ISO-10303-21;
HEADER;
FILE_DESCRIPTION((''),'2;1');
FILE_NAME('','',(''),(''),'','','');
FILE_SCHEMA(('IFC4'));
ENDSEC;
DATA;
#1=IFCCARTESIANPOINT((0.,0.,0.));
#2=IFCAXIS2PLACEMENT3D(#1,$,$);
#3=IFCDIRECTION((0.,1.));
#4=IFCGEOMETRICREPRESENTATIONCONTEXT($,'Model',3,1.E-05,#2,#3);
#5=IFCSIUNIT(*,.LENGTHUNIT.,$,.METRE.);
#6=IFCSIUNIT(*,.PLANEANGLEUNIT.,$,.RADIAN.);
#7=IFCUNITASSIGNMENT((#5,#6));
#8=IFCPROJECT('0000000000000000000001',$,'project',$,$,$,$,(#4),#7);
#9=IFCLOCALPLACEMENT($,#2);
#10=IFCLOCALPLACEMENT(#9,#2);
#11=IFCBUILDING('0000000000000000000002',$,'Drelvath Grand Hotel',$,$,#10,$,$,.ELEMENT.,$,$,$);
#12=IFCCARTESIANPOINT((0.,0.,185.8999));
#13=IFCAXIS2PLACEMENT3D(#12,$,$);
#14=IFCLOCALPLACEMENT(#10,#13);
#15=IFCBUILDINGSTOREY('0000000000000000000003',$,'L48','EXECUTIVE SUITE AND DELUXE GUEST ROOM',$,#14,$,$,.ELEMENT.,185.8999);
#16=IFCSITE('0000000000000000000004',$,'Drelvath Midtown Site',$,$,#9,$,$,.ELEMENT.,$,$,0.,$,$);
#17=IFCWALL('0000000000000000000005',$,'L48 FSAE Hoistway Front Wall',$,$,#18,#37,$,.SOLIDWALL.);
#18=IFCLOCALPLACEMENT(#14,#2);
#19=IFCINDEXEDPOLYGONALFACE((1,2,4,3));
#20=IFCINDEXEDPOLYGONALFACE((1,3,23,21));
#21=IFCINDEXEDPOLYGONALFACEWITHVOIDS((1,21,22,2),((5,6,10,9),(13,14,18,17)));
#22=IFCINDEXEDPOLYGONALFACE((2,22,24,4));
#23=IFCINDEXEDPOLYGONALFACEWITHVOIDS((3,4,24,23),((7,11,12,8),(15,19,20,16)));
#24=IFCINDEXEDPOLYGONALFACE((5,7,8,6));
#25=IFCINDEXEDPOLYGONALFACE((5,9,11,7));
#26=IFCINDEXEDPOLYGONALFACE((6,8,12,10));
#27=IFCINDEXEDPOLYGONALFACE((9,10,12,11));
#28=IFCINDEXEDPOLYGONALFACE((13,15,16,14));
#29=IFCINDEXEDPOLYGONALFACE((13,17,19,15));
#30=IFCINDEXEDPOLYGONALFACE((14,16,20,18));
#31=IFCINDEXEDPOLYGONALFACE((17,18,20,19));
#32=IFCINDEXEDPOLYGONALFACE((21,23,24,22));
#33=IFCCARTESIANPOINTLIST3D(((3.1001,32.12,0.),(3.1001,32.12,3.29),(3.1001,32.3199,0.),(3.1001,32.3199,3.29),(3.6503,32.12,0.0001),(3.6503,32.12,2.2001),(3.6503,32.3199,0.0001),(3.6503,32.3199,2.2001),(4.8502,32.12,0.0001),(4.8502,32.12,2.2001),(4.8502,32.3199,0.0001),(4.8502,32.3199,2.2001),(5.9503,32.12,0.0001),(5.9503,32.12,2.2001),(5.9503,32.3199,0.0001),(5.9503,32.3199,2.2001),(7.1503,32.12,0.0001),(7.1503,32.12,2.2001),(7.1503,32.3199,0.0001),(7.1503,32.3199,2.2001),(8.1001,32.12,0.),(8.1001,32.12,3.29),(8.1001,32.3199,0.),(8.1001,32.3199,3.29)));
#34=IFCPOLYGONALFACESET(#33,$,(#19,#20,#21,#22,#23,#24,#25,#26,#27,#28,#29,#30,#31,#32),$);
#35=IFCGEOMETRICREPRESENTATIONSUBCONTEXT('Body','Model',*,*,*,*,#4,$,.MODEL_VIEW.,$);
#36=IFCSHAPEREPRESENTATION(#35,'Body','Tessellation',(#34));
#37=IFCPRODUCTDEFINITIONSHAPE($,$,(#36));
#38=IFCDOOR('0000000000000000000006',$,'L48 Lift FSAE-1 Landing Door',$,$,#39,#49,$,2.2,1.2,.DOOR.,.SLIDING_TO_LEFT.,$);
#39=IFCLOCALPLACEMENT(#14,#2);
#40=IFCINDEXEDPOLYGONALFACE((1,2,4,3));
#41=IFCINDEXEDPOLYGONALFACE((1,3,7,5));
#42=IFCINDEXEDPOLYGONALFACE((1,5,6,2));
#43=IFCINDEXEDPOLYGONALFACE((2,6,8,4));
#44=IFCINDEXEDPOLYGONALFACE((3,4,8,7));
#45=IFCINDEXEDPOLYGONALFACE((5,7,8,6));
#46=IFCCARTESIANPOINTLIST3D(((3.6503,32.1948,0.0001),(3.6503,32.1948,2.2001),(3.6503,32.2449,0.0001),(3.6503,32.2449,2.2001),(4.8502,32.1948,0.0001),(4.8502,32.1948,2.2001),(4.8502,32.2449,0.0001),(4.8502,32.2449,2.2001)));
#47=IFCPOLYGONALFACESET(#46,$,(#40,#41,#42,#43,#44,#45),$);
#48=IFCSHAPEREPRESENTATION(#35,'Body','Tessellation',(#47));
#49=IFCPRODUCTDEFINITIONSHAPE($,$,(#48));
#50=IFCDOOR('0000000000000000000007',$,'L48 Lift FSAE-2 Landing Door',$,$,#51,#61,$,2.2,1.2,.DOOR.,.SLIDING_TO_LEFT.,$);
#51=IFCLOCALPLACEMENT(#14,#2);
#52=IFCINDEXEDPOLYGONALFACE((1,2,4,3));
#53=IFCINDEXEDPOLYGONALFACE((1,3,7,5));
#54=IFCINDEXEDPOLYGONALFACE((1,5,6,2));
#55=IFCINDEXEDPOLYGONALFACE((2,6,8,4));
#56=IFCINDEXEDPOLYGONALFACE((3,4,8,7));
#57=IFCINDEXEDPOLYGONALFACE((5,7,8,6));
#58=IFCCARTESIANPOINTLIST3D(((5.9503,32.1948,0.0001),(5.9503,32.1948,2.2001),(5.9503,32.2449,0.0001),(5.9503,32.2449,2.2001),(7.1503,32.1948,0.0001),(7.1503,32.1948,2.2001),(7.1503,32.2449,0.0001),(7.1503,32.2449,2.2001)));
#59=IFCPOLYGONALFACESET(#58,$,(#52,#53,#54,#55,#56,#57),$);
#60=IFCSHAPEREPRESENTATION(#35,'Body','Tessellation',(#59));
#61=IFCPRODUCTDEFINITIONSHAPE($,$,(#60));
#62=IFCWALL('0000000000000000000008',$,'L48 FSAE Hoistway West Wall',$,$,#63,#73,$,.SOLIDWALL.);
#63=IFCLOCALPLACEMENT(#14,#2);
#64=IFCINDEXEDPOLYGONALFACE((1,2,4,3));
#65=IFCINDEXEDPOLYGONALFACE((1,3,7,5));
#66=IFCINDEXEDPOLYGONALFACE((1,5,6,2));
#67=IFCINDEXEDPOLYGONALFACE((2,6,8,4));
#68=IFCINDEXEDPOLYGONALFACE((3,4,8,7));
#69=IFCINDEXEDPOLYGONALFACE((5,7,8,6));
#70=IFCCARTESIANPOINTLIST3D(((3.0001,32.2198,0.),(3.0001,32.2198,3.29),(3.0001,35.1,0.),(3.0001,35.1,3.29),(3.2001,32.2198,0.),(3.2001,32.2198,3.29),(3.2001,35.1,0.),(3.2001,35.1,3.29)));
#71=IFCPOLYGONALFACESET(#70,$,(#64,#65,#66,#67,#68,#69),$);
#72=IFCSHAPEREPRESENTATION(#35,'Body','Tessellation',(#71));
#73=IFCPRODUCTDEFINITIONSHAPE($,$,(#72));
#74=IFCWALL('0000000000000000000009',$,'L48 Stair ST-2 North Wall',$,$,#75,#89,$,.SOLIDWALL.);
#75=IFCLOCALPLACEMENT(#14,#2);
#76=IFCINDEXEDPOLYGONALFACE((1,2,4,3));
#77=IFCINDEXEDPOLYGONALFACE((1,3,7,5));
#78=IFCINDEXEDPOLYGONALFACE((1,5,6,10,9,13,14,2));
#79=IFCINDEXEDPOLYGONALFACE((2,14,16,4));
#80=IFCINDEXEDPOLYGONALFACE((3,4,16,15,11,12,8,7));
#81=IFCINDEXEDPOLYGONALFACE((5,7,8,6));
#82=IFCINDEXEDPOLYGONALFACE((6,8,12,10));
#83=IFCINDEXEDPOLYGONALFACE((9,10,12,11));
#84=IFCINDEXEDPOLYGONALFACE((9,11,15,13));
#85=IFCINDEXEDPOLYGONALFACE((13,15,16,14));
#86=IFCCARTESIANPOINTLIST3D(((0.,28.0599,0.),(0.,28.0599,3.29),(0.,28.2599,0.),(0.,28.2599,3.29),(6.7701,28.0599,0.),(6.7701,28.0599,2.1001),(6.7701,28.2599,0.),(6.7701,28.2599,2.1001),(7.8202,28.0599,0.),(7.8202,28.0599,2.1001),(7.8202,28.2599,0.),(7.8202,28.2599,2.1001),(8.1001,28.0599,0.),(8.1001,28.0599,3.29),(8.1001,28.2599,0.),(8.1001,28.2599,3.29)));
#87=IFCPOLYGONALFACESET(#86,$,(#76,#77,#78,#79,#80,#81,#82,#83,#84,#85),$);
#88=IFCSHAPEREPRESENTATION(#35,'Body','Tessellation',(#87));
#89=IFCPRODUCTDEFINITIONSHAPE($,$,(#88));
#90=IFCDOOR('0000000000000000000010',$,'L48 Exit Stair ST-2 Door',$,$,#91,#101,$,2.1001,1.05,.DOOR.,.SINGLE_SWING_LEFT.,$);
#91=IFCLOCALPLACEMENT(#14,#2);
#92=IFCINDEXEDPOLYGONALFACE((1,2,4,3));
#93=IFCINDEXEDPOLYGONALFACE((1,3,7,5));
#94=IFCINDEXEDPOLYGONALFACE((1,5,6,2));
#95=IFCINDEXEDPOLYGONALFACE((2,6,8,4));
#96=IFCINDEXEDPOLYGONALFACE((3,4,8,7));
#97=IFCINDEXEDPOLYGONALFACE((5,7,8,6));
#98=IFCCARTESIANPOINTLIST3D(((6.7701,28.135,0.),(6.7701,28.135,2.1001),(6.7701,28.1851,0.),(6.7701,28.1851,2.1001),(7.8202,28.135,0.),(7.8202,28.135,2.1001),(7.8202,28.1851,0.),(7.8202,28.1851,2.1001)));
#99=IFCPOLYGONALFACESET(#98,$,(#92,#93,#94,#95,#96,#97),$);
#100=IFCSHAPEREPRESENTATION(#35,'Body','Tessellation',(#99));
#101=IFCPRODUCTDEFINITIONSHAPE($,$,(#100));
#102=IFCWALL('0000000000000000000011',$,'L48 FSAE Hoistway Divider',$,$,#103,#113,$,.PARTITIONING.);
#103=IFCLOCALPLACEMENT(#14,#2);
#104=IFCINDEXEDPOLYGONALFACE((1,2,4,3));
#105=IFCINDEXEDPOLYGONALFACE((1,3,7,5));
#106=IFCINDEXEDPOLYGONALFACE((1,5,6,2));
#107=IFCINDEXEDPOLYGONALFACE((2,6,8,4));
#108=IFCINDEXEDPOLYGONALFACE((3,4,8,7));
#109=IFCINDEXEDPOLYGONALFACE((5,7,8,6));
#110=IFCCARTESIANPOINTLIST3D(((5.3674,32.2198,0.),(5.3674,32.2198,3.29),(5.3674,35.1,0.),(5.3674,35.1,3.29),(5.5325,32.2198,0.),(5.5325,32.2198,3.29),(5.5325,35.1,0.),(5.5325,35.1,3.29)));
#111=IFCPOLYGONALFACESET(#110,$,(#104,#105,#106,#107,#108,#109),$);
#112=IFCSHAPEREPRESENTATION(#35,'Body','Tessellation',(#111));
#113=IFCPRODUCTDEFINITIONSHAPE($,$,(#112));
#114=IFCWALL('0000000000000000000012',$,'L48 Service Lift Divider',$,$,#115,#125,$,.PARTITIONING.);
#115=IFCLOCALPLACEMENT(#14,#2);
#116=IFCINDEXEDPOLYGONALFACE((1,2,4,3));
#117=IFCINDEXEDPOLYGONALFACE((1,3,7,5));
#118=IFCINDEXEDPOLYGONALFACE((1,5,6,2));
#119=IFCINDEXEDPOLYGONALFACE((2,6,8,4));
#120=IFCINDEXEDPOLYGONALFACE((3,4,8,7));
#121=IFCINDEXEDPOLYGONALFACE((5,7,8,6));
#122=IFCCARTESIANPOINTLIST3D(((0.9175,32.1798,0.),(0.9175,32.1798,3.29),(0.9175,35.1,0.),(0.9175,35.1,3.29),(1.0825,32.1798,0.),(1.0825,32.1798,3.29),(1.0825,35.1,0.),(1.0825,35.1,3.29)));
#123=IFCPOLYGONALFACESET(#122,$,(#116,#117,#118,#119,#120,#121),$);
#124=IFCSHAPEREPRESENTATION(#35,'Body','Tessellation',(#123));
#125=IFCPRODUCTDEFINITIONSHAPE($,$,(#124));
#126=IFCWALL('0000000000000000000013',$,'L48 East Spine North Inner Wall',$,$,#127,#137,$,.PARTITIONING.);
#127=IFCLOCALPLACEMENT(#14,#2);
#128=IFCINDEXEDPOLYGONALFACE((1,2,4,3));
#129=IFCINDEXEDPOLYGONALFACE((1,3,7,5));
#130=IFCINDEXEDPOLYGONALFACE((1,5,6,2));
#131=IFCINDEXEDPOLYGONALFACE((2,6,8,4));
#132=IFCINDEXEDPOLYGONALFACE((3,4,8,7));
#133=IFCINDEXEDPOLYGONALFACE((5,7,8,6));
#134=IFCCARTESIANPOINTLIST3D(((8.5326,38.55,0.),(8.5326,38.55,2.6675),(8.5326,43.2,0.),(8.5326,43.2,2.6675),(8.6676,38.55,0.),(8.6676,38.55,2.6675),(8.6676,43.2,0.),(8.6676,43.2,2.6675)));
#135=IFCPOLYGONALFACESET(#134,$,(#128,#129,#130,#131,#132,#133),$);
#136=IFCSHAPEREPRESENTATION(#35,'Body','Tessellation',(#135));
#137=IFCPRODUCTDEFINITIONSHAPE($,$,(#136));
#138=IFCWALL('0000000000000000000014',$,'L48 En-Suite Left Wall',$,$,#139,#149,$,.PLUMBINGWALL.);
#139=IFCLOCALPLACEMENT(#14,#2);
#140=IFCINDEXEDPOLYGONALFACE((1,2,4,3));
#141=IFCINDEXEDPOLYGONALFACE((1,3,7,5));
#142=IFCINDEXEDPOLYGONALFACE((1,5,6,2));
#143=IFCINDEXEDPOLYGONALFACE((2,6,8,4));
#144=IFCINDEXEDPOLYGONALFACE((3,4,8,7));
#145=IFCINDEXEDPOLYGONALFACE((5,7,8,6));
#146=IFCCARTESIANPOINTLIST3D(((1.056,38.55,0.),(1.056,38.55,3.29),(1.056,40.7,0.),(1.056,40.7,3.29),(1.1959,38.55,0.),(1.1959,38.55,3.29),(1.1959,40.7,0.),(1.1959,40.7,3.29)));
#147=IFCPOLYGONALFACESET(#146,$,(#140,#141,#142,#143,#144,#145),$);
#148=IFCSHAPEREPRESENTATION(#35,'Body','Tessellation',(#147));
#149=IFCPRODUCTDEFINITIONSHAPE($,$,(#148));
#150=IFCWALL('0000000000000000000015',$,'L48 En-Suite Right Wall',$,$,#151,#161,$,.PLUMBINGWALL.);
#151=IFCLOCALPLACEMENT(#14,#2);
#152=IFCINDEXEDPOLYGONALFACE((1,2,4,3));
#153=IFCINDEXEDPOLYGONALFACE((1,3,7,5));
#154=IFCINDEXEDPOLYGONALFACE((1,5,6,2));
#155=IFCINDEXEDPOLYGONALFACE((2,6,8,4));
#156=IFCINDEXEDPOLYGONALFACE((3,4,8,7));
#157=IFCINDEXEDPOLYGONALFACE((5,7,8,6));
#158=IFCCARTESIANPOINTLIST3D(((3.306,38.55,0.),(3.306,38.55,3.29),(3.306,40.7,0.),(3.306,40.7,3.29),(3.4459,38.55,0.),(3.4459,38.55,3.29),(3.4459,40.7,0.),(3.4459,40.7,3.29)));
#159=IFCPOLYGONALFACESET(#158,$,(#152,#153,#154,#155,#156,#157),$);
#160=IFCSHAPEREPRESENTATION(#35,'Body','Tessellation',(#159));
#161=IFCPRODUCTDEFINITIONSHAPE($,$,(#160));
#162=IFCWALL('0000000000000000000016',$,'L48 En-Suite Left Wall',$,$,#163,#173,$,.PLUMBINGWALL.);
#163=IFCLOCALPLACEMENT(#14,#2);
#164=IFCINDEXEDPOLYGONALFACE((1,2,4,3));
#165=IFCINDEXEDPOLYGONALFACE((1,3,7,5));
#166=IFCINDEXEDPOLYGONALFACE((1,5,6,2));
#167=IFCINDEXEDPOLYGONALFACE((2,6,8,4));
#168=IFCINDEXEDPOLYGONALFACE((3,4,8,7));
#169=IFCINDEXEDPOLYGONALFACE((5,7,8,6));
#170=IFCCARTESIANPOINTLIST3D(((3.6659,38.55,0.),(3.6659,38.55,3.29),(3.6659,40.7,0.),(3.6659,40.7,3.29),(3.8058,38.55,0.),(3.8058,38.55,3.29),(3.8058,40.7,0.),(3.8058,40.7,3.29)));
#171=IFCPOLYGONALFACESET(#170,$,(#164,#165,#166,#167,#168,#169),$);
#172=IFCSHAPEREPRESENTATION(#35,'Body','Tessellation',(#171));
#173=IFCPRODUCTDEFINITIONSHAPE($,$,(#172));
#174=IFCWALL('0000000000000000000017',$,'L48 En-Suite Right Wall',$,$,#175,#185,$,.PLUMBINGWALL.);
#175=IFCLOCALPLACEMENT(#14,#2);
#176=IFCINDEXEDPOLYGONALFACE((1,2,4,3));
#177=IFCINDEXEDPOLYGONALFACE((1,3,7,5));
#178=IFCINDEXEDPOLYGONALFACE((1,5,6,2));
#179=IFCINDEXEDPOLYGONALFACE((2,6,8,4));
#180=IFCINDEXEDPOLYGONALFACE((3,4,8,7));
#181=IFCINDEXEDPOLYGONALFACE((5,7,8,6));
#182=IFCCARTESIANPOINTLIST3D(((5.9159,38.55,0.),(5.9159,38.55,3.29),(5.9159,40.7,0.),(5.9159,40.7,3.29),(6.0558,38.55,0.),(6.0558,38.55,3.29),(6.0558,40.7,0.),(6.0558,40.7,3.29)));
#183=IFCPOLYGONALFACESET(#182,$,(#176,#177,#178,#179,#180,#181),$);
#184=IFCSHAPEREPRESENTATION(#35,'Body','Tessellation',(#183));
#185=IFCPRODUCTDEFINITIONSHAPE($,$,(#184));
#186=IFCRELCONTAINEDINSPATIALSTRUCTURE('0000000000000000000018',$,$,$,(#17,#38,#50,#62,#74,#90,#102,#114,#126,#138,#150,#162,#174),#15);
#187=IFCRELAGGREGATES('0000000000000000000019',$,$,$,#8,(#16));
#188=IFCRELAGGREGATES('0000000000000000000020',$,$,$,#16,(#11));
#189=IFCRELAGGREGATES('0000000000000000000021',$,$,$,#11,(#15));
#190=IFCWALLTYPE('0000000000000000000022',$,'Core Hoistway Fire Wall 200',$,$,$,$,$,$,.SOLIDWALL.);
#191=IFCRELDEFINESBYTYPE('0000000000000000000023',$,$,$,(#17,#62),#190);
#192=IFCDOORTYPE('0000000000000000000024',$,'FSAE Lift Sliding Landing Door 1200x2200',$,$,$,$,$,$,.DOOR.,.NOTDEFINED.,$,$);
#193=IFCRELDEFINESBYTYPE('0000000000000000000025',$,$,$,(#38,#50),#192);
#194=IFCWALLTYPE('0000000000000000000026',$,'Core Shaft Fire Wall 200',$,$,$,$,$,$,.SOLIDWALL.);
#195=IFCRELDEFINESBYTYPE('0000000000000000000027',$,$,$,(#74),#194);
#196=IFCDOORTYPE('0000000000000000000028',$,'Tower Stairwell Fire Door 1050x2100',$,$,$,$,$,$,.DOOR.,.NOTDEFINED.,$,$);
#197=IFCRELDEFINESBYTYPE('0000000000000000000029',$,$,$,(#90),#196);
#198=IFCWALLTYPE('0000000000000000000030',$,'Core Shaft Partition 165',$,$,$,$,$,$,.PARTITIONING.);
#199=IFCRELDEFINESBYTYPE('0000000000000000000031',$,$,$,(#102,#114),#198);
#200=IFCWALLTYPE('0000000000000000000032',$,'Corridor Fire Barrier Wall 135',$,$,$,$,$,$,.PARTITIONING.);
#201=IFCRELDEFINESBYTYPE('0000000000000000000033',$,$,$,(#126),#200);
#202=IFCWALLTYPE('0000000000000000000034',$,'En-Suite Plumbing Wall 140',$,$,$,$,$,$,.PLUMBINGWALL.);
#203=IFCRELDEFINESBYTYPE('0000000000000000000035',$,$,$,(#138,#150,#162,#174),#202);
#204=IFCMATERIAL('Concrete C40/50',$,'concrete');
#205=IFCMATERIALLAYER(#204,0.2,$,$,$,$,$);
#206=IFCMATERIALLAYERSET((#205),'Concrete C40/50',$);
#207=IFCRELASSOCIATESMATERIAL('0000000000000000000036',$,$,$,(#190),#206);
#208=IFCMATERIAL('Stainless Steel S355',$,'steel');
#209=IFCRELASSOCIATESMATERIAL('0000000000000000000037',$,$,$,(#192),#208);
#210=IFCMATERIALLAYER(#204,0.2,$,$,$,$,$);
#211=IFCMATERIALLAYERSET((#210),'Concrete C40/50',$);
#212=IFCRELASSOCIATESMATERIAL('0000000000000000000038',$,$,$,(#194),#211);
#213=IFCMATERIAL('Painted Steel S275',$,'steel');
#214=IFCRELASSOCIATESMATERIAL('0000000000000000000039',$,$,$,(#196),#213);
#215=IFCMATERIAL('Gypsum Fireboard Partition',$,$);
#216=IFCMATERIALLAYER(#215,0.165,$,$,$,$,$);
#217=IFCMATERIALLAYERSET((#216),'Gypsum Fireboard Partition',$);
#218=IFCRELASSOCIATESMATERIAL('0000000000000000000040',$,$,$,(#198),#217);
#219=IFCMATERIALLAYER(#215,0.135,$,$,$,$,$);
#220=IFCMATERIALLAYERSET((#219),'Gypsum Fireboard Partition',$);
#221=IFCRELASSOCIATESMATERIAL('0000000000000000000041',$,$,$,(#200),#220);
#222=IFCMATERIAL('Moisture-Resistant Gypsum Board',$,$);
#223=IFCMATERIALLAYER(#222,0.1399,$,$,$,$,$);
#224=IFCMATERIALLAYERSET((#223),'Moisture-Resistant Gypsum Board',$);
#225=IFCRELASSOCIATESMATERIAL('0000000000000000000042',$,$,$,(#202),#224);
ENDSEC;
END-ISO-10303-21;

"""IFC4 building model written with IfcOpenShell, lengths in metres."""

from ifc_helpers import new_model, si_unit, direction, frame, frame_2d, origin, place, context, subcontext, project, spatial, rectangle, extrude, material, layer, layer_set, type_object, element, fill, save


model = new_model("IFC4")

# Units and contexts
model_context = context("Model", 3, precision=1e-05, world=origin(), true_north=direction((0.0, 1.0)))
body_context = subcontext(model_context, "Body", "Model", "MODEL_VIEW")
ifc_project = project(units=[si_unit("LENGTHUNIT", "METRE"), si_unit("PLANEANGLEUNIT", "RADIAN")], contexts=[model_context])

# Site, building, storey
site_placement = place(None, origin())
site = spatial("IfcSite", under=ifc_project, at=site_placement, Name="Drelvath Midtown Site", CompositionType="ELEMENT", RefElevation=0.0)
building_placement = place(site_placement, origin())
building = spatial("IfcBuilding", under=site, at=building_placement, Name="Drelvath Grand Hotel", CompositionType="ELEMENT")
storey_placement = place(building_placement, frame((0.0, 0.0, 185.8999)))
storey = spatial("IfcBuildingStorey", under=building, at=storey_placement, Name="L48", Description="EXECUTIVE SUITE AND DELUXE GUEST ROOM", CompositionType="ELEMENT", Elevation=185.8999)

# Wall, openings, doors
ifc_material_1 = material(Name="Concrete C40/50", Category="concrete")
ifc_layer_1 = layer(ifc_material_1, 0.2)
ifc_layer_set_1 = layer_set([ifc_layer_1], Name="Concrete C40/50")
wall_type_1 = type_object("IfcWallType", Name="Core Hoistway Fire Wall 200", PredefinedType="SOLIDWALL", material=ifc_layer_set_1)
wall_1_placement = place(storey_placement, frame((3.1001, 32.22, 0.0), z_axis=(0.0, 0.0, 1.0), x_axis=(1.0, 0.0, 0.0)))
wall_1 = element("IfcWall", 1, at=wall_1_placement, inside=storey, type_object=wall_type_1, Name="L48 FSAE Hoistway Front Wall", PredefinedType="SOLIDWALL", context=body_context, shape_type="SweptSolid", body=[
    extrude(rectangle(XDim=5.0, YDim=0.2, at=frame_2d((2.5, 0.0))), origin(), (0.0, 0.0, 1.0), 3.29),
])
opening_1_placement = place(wall_1_placement, frame((0.55, 0.0, 0.0)))
opening_1 = element("IfcOpeningElement", 2, at=opening_1_placement, cuts=wall_1, PredefinedType="OPENING", context=body_context, shape_type="SweptSolid", body=[
    extrude(rectangle(XDim=1.2, YDim=2.2, at=frame_2d((0.6001, 1.1001))), frame((0.0, 0.1099, 0.0), z_axis=(0.0, -1.0, 0.0), x_axis=(1.0, 0.0, 0.0)), (0.0, 0.0, 1.0), 0.22),
])
opening_2_placement = place(wall_1_placement, frame((2.8501, 0.0, 0.0)))
opening_2 = element("IfcOpeningElement", 3, at=opening_2_placement, cuts=wall_1, PredefinedType="OPENING", context=body_context, shape_type="SweptSolid", body=[
    extrude(rectangle(XDim=1.2, YDim=2.2, at=frame_2d((0.6001, 1.1001))), frame((0.0, 0.1099, 0.0), z_axis=(0.0, -1.0, 0.0), x_axis=(1.0, 0.0, 0.0)), (0.0, 0.0, 1.0), 0.22),
])
ifc_material_2 = material(Name="Stainless Steel S355", Category="steel")
door_type_1 = type_object("IfcDoorType", Name="FSAE Lift Sliding Landing Door 1200x2200", OperationType="NOTDEFINED", PredefinedType="DOOR", material=ifc_material_2)
door_1_placement = place(opening_1_placement, origin())
door_1 = element("IfcDoor", 4, at=door_1_placement, inside=storey, type_object=door_type_1, Name="L48 Lift FSAE-1 Landing Door", OperationType="SLIDING_TO_LEFT", OverallHeight=2.2, OverallWidth=1.2, PredefinedType="DOOR", context=body_context, shape_type="SweptSolid", body=[
    extrude(rectangle(XDim=1.2, YDim=2.2, at=frame_2d((0.6001, 1.1001))), frame((0.0, 0.0249, 0.0), z_axis=(0.0, -1.0, 0.0), x_axis=(1.0, 0.0, 0.0)), (0.0, 0.0, 1.0), 0.05),
])
fill(opening_1, door_1)
door_2_placement = place(opening_2_placement, origin())
door_2 = element("IfcDoor", 5, at=door_2_placement, inside=storey, type_object=door_type_1, Name="L48 Lift FSAE-2 Landing Door", OperationType="SLIDING_TO_LEFT", OverallHeight=2.2, OverallWidth=1.2, PredefinedType="DOOR", context=body_context, shape_type="SweptSolid", body=[
    extrude(rectangle(XDim=1.2, YDim=2.2, at=frame_2d((0.6001, 1.1001))), frame((0.0, 0.0249, 0.0), z_axis=(0.0, -1.0, 0.0), x_axis=(1.0, 0.0, 0.0)), (0.0, 0.0, 1.0), 0.05),
])
fill(opening_2, door_2)

# Wall
wall_2_placement = place(storey_placement, frame((3.1001, 32.22, 0.0), z_axis=(0.0, 0.0, 1.0), x_axis=(0.0, 1.0, 0.0)))
element("IfcWall", 6, at=wall_2_placement, inside=storey, type_object=wall_type_1, Name="L48 FSAE Hoistway West Wall", PredefinedType="SOLIDWALL", context=body_context, shape_type="SweptSolid", body=[
    extrude(rectangle(XDim=2.8801, YDim=0.2, at=frame_2d((1.4399, 0.0))), origin(), (0.0, 0.0, 1.0), 3.29),
])

# Wall, opening, door
ifc_layer_2 = layer(ifc_material_1, 0.2)
ifc_layer_set_2 = layer_set([ifc_layer_2], Name="Concrete C40/50")
wall_type_2 = type_object("IfcWallType", Name="Core Shaft Fire Wall 200", PredefinedType="SOLIDWALL", material=ifc_layer_set_2)
wall_3_placement = place(storey_placement, frame((8.1001, 28.1599, 0.0), z_axis=(0.0, 0.0, 1.0), x_axis=(-1.0, 0.0, 0.0)))
wall_3 = element("IfcWall", 7, at=wall_3_placement, inside=storey, type_object=wall_type_2, Name="L48 Stair ST-2 North Wall", PredefinedType="SOLIDWALL", context=body_context, shape_type="SweptSolid", body=[
    extrude(rectangle(XDim=8.1001, YDim=0.2, at=frame_2d((4.05, 0.0))), origin(), (0.0, 0.0, 1.0), 3.29),
])
opening_3_placement = place(wall_3_placement, frame((0.28, 0.0, 0.0)))
opening_3 = element("IfcOpeningElement", 8, at=opening_3_placement, cuts=wall_3, PredefinedType="OPENING", context=body_context, shape_type="SweptSolid", body=[
    extrude(rectangle(XDim=1.05, YDim=2.1001, at=frame_2d((0.5249, 1.05))), frame((0.0, 0.1099, 0.0), z_axis=(0.0, -1.0, 0.0), x_axis=(1.0, 0.0, 0.0)), (0.0, 0.0, 1.0), 0.22),
])
ifc_material_3 = material(Name="Painted Steel S275", Category="steel")
door_type_2 = type_object("IfcDoorType", Name="Tower Stairwell Fire Door 1050x2100", OperationType="NOTDEFINED", PredefinedType="DOOR", material=ifc_material_3)
door_3_placement = place(opening_3_placement, origin())
door_3 = element("IfcDoor", 9, at=door_3_placement, inside=storey, type_object=door_type_2, Name="L48 Exit Stair ST-2 Door", OperationType="SINGLE_SWING_LEFT", OverallHeight=2.1001, OverallWidth=1.05, PredefinedType="DOOR", context=body_context, shape_type="SweptSolid", body=[
    extrude(rectangle(XDim=1.05, YDim=2.1001, at=frame_2d((0.5249, 1.05))), frame((0.0, 0.0249, 0.0), z_axis=(0.0, -1.0, 0.0), x_axis=(1.0, 0.0, 0.0)), (0.0, 0.0, 1.0), 0.05),
])
fill(opening_3, door_3)

# Walls
ifc_material_4 = material(Name="Gypsum Fireboard Partition")
ifc_layer_3 = layer(ifc_material_4, 0.165)
ifc_layer_set_3 = layer_set([ifc_layer_3], Name="Gypsum Fireboard Partition")
wall_type_3 = type_object("IfcWallType", Name="Core Shaft Partition 165", PredefinedType="PARTITIONING", material=ifc_layer_set_3)
wall_4_placement = place(storey_placement, frame((5.45, 32.22, 0.0), z_axis=(0.0, 0.0, 1.0), x_axis=(0.0, 1.0, 0.0)))
element("IfcWall", 10, at=wall_4_placement, inside=storey, type_object=wall_type_3, Name="L48 FSAE Hoistway Divider", PredefinedType="PARTITIONING", context=body_context, shape_type="SweptSolid", body=[
    extrude(rectangle(XDim=2.8801, YDim=0.165, at=frame_2d((1.4399, 0.0))), origin(), (0.0, 0.0, 1.0), 3.29),
])
wall_5_placement = place(storey_placement, frame((1.0, 32.1799, 0.0), z_axis=(0.0, 0.0, 1.0), x_axis=(0.0, 1.0, 0.0)))
element("IfcWall", 11, at=wall_5_placement, inside=storey, type_object=wall_type_3, Name="L48 Service Lift Divider", PredefinedType="PARTITIONING", context=body_context, shape_type="SweptSolid", body=[
    extrude(rectangle(XDim=2.9202, YDim=0.165, at=frame_2d((1.46, 0.0))), origin(), (0.0, 0.0, 1.0), 3.29),
])
ifc_layer_4 = layer(ifc_material_4, 0.135)
ifc_layer_set_4 = layer_set([ifc_layer_4], Name="Gypsum Fireboard Partition")
wall_type_4 = type_object("IfcWallType", Name="Corridor Fire Barrier Wall 135", PredefinedType="PARTITIONING", material=ifc_layer_set_4)
wall_6_placement = place(storey_placement, frame((8.6001, 38.55, 0.0), z_axis=(0.0, 0.0, 1.0), x_axis=(0.0, 1.0, 0.0)))
element("IfcWall", 12, at=wall_6_placement, inside=storey, type_object=wall_type_4, Name="L48 East Spine North Inner Wall", PredefinedType="PARTITIONING", context=body_context, shape_type="SweptSolid", body=[
    extrude(rectangle(XDim=4.6499, YDim=0.135, at=frame_2d((2.325, 0.0))), origin(), (0.0, 0.0, 1.0), 2.6675),
])
ifc_material_5 = material(Name="Moisture-Resistant Gypsum Board")
ifc_layer_5 = layer(ifc_material_5, 0.1399)
ifc_layer_set_5 = layer_set([ifc_layer_5], Name="Moisture-Resistant Gypsum Board")
wall_type_5 = type_object("IfcWallType", Name="En-Suite Plumbing Wall 140", PredefinedType="PLUMBINGWALL", material=ifc_layer_set_5)
for number, where, z_axis, x_axis, name in (
    (13, (1.126, 38.55, 0.0), (0.0, 0.0, 1.0), (0.0, 1.0, 0.0), "L48 En-Suite Left Wall"),
    (14, (3.376, 38.55, 0.0), (0.0, 0.0, 1.0), (0.0, 1.0, 0.0), "L48 En-Suite Right Wall"),
    (15, (3.7358, 38.55, 0.0), (0.0, 0.0, 1.0), (0.0, 1.0, 0.0), "L48 En-Suite Left Wall"),
    (16, (5.9858, 38.55, 0.0), (0.0, 0.0, 1.0), (0.0, 1.0, 0.0), "L48 En-Suite Right Wall"),
):
    element("IfcWall", number, at=place(storey_placement, frame(where, z_axis=z_axis, x_axis=x_axis)), inside=storey, type_object=wall_type_5, Name=name, PredefinedType="PLUMBINGWALL", context=body_context, shape_type="SweptSolid", body=[
        extrude(rectangle(XDim=2.1499, YDim=0.1399, at=frame_2d((1.075, 0.0))), origin(), (0.0, 0.0, 1.0), 3.29),
    ])

save(model, "model.ifc")
